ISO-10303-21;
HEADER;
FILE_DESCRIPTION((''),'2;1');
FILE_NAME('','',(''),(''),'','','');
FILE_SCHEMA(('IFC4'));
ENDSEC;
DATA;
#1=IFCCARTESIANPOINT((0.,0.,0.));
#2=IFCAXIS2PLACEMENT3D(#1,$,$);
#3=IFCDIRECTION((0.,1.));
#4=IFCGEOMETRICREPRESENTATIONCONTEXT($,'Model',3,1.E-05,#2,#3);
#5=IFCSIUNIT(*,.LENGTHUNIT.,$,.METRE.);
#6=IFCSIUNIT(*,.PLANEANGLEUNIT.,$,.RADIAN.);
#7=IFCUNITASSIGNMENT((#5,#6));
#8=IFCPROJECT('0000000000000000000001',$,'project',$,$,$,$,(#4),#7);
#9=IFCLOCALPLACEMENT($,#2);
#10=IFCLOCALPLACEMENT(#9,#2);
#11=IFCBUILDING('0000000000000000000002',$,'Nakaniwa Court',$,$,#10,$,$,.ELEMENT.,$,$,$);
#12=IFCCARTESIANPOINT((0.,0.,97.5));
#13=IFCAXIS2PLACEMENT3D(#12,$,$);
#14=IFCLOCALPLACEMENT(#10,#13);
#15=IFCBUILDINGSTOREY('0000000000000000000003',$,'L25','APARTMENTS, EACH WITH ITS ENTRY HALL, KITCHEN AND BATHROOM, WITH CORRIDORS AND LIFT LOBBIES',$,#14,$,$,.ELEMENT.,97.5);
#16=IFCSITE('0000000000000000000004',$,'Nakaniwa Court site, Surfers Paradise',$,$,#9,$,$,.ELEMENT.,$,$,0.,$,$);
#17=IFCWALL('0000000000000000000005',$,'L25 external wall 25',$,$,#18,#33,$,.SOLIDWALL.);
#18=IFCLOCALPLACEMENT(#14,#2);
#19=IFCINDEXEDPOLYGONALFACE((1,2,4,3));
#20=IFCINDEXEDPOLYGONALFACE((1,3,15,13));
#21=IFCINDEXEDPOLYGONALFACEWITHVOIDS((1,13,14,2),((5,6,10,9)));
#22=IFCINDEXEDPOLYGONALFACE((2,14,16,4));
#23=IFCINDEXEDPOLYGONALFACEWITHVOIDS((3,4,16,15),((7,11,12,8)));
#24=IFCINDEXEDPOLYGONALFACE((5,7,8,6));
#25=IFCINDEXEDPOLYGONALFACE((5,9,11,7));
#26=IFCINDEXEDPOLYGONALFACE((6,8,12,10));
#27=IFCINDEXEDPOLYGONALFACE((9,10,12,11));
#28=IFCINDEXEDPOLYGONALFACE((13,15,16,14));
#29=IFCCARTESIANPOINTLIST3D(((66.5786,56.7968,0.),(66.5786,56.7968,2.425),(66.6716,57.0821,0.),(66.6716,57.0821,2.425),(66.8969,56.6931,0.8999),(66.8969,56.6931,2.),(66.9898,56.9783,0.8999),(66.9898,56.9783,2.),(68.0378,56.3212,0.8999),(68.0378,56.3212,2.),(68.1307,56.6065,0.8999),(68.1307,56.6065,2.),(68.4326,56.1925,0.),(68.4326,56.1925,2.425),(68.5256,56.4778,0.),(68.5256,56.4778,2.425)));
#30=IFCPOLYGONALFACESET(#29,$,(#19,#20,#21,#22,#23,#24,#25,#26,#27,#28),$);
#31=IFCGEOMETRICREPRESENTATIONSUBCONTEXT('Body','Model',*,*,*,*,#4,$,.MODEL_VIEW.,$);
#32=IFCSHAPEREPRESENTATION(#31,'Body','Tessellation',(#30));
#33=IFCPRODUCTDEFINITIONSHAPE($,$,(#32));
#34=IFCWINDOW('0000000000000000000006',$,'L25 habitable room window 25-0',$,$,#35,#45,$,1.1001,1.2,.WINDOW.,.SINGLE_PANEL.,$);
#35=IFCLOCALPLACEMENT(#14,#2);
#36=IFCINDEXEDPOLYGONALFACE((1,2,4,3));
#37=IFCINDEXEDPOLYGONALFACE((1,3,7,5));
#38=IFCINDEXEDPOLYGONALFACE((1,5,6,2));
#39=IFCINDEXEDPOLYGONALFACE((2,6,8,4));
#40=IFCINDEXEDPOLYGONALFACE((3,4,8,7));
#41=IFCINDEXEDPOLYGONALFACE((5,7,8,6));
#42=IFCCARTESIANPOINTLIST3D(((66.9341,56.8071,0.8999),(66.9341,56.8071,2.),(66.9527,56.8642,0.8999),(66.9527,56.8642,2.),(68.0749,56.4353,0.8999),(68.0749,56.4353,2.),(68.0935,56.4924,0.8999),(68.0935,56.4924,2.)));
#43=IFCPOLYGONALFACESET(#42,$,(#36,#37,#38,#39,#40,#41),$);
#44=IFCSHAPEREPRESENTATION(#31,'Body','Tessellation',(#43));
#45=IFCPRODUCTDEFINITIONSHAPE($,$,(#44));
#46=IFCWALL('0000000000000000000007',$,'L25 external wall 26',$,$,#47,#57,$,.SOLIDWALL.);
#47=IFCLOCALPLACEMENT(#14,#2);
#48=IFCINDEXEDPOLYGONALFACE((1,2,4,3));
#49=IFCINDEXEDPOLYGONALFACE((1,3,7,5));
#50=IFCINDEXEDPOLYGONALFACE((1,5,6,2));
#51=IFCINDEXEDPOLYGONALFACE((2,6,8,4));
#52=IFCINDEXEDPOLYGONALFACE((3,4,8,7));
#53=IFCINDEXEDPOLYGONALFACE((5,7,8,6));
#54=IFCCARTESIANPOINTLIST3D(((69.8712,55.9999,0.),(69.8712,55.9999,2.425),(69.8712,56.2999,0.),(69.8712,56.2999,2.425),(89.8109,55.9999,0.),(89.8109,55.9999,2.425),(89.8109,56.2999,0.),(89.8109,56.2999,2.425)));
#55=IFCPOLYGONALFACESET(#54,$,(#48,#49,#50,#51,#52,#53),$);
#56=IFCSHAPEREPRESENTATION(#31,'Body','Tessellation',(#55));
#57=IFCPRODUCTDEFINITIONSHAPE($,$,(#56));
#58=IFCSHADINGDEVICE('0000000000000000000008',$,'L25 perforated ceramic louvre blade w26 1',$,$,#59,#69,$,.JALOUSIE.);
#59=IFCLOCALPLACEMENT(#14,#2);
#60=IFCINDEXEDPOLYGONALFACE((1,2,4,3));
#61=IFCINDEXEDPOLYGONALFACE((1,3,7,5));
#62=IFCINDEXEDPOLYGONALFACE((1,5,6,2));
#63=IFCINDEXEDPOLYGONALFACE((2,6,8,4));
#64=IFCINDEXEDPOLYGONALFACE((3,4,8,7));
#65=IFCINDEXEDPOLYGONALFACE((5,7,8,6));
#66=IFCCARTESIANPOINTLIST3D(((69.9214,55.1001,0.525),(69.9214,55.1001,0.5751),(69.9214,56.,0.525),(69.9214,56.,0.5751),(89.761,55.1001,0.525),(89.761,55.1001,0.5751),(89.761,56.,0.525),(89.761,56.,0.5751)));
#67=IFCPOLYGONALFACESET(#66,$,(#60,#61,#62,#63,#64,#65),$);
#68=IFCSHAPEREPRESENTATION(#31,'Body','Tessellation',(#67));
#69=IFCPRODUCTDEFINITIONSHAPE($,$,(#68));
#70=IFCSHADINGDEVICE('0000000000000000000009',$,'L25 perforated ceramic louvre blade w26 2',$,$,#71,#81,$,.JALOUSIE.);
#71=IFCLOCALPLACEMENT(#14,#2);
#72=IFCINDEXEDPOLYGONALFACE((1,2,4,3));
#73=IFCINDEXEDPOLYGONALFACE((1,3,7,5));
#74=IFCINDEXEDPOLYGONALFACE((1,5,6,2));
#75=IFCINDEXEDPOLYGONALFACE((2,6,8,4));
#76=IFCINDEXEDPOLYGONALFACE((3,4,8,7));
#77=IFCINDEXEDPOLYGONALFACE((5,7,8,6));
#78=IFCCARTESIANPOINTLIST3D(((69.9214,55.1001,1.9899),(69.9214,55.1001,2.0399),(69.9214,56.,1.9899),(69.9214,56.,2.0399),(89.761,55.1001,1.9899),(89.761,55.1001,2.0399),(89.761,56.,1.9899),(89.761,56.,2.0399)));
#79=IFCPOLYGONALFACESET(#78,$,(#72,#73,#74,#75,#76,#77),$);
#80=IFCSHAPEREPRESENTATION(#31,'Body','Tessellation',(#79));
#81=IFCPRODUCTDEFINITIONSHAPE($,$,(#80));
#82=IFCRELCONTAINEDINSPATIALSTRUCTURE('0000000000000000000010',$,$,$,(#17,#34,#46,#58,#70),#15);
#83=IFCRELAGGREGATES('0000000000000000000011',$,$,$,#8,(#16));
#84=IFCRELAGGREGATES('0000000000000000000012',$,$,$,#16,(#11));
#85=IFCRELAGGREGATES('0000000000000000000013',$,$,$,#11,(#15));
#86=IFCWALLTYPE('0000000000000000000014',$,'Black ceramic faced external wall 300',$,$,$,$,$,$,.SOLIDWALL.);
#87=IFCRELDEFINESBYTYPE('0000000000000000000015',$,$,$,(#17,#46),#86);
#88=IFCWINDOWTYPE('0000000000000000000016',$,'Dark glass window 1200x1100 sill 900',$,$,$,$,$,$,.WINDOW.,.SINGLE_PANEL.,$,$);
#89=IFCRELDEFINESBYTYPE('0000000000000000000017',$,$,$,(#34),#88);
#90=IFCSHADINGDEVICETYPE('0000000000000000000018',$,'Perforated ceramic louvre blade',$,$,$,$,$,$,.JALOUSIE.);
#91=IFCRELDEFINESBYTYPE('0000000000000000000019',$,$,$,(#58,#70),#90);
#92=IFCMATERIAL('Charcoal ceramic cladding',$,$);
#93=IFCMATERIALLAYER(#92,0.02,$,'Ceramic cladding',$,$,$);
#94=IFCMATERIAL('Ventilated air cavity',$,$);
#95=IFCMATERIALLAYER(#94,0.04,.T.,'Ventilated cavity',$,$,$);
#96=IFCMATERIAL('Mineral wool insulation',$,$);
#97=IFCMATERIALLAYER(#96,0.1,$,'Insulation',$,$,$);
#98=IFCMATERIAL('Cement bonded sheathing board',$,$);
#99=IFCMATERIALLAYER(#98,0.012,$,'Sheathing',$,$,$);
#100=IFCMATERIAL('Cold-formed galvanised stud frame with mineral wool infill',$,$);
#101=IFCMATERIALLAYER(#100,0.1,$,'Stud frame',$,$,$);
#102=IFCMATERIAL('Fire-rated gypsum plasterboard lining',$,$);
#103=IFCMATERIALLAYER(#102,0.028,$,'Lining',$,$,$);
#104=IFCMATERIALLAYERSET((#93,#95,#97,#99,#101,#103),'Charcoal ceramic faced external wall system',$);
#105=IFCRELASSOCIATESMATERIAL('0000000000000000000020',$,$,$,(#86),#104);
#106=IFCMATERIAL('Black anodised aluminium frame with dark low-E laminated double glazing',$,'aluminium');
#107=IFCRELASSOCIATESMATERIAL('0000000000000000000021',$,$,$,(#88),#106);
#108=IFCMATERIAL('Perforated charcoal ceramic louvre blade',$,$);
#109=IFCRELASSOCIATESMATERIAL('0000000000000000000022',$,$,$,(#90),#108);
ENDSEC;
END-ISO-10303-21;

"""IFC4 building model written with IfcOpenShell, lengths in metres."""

from ifc_helpers import new_model, si_unit, direction, frame, frame_2d, origin, origin_2d, place, context, subcontext, project, spatial, rectangle, extrude, material, layer, layer_set, material_profile, profile_set, type_object, element, fill, save


model = new_model("IFC4")

# Units and contexts
model_context = context("Model", 3, precision=1e-05, world=origin(), true_north=direction((0.0, 1.0)))
body_context = subcontext(model_context, "Body", "Model", "MODEL_VIEW")
ifc_project = project(units=[si_unit("LENGTHUNIT", "METRE"), si_unit("PLANEANGLEUNIT", "RADIAN")], contexts=[model_context])

# Site, building, storey
site_placement = place(None, origin())
site = spatial("IfcSite", under=ifc_project, at=site_placement, Name="Nakaniwa Court site, Surfers Paradise", CompositionType="ELEMENT", RefElevation=0.0)
building_placement = place(site_placement, origin())
building = spatial("IfcBuilding", under=site, at=building_placement, Name="Nakaniwa Court", CompositionType="ELEMENT")
storey_placement = place(building_placement, frame((0.0, 0.0, 97.5)))
storey = spatial("IfcBuildingStorey", under=building, at=storey_placement, Name="L25", Description="APARTMENTS, EACH WITH ITS ENTRY HALL, KITCHEN AND BATHROOM, WITH CORRIDORS AND LIFT LOBBIES", CompositionType="ELEMENT", Elevation=97.5)

# Wall, opening, window
ifc_material_1 = material(Name="Charcoal ceramic cladding")
ifc_layer_1 = layer(ifc_material_1, 0.02, Name="Ceramic cladding")
ifc_material_2 = material(Name="Ventilated air cavity")
ifc_layer_2 = layer(ifc_material_2, 0.04, ventilated=True, Name="Ventilated cavity")
ifc_material_3 = material(Name="Mineral wool insulation")
ifc_layer_3 = layer(ifc_material_3, 0.1, Name="Insulation")
ifc_material_4 = material(Name="Cement bonded sheathing board")
ifc_layer_4 = layer(ifc_material_4, 0.012, Name="Sheathing")
ifc_material_5 = material(Name="Cold-formed galvanised stud frame with mineral wool infill")
ifc_layer_5 = layer(ifc_material_5, 0.1, Name="Stud frame")
ifc_material_6 = material(Name="Fire-rated gypsum plasterboard lining")
ifc_layer_6 = layer(ifc_material_6, 0.028, Name="Lining")
ifc_layer_set_1 = layer_set([ifc_layer_1, ifc_layer_2, ifc_layer_3, ifc_layer_4, ifc_layer_5, ifc_layer_6], Name="Charcoal ceramic faced external wall system")
wall_type_1 = type_object("IfcWallType", Name="Black ceramic faced external wall 300", PredefinedType="SOLIDWALL", material=ifc_layer_set_1)
ifc_material_7 = material(Name="Black anodised aluminium frame with dark low-E laminated double glazing", Category="aluminium")
window_type_1 = type_object("IfcWindowType", Name="Dark glass window 1200x1100 sill 900", PartitioningType="SINGLE_PANEL", PredefinedType="WINDOW", material=ifc_material_7)
wall_1_placement = place(storey_placement, frame((66.625, 56.9395, 0.0), z_axis=(0.0, 0.0, 1.0), x_axis=(0.950778, -0.309873, 0.0)))
wall_1 = element("IfcWall", 1, at=wall_1_placement, inside=storey, type_object=wall_type_1, Name="L25 external wall 25", PredefinedType="SOLIDWALL", context=body_context, shape_type="SweptSolid", body=[
    extrude(rectangle(XDim=1.95, YDim=0.3, at=frame_2d((0.9751, 0.0))), origin(), (0.0, 0.0, 1.0), 2.425),
])
opening_1_placement = place(wall_1_placement, frame((0.3347, 0.0, 0.8999)))
opening_1 = element("IfcOpeningElement", 2, at=opening_1_placement, cuts=wall_1, PredefinedType="OPENING", context=body_context, shape_type="SweptSolid", body=[
    extrude(rectangle(XDim=1.2, YDim=1.1001, at=frame_2d((0.6001, 0.55))), frame((0.0, 0.1599, 0.0), z_axis=(0.0, -1.0, 0.0), x_axis=(1.0, 0.0, 0.0)), (0.0, 0.0, 1.0), 0.3201),
])
window_1_placement = place(opening_1_placement, origin())
window_1 = element("IfcWindow", 3, at=window_1_placement, inside=storey, type_object=window_type_1, Name="L25 habitable room window 25-0", OverallHeight=1.1001, OverallWidth=1.2, PartitioningType="SINGLE_PANEL", PredefinedType="WINDOW", context=body_context, shape_type="SweptSolid", body=[
    extrude(rectangle(XDim=1.2, YDim=1.1001, at=frame_2d((0.6001, 0.55))), frame((0.0, 0.03, 0.0), z_axis=(0.0, -1.0, 0.0), x_axis=(1.0, 0.0, 0.0)), (0.0, 0.0, 1.0), 0.0601),
])
fill(opening_1, window_1)

# Wall
wall_2_placement = place(storey_placement, frame((69.8713, 56.1499, 0.0), z_axis=(0.0, 0.0, 1.0), x_axis=(1.0, 0.0, 0.0)))
element("IfcWall", 4, at=wall_2_placement, inside=storey, type_object=wall_type_1, Name="L25 external wall 26", PredefinedType="SOLIDWALL", context=body_context, shape_type="SweptSolid", body=[
    extrude(rectangle(XDim=19.9397, YDim=0.3, at=frame_2d((9.9697, 0.0))), origin(), (0.0, 0.0, 1.0), 2.425),
])

# Shading devices
ifc_material_8 = material(Name="Perforated charcoal ceramic louvre blade")
ifc_material_profile_1 = material_profile(ifc_material_8, rectangle(XDim=0.8999, YDim=0.05, at=origin_2d()), Name="Perforated ceramic louvre blade")
ifc_profile_set_1 = profile_set([ifc_material_profile_1], Name="Perforated charcoal ceramic louvre blade")
shading_device_type = type_object("IfcShadingDeviceType", Name="Perforated ceramic louvre blade", PredefinedType="JALOUSIE", material=ifc_profile_set_1)
for number, where, z_axis, x_axis, name in (
    (5, (69.9214, 55.55, 0.55), (1.0, 0.0, 0.0), (0.0, 1.0, 0.0), "L25 perforated ceramic louvre blade w26 1"),
    (6, (69.9214, 55.55, 2.0149), (1.0, 0.0, 0.0), (0.0, 1.0, 0.0), "L25 perforated ceramic louvre blade w26 2"),
):
    element("IfcShadingDevice", number, at=place(storey_placement, frame(where, z_axis=z_axis, x_axis=x_axis)), inside=storey, type_object=shading_device_type, Name=name, PredefinedType="JALOUSIE", context=body_context, shape_type="SweptSolid", body=[
        extrude(rectangle(XDim=0.8999, YDim=0.05, at=origin_2d()), origin(), (0.0, 0.0, 1.0), 19.8396),
    ])

save(model, "model.ifc")
